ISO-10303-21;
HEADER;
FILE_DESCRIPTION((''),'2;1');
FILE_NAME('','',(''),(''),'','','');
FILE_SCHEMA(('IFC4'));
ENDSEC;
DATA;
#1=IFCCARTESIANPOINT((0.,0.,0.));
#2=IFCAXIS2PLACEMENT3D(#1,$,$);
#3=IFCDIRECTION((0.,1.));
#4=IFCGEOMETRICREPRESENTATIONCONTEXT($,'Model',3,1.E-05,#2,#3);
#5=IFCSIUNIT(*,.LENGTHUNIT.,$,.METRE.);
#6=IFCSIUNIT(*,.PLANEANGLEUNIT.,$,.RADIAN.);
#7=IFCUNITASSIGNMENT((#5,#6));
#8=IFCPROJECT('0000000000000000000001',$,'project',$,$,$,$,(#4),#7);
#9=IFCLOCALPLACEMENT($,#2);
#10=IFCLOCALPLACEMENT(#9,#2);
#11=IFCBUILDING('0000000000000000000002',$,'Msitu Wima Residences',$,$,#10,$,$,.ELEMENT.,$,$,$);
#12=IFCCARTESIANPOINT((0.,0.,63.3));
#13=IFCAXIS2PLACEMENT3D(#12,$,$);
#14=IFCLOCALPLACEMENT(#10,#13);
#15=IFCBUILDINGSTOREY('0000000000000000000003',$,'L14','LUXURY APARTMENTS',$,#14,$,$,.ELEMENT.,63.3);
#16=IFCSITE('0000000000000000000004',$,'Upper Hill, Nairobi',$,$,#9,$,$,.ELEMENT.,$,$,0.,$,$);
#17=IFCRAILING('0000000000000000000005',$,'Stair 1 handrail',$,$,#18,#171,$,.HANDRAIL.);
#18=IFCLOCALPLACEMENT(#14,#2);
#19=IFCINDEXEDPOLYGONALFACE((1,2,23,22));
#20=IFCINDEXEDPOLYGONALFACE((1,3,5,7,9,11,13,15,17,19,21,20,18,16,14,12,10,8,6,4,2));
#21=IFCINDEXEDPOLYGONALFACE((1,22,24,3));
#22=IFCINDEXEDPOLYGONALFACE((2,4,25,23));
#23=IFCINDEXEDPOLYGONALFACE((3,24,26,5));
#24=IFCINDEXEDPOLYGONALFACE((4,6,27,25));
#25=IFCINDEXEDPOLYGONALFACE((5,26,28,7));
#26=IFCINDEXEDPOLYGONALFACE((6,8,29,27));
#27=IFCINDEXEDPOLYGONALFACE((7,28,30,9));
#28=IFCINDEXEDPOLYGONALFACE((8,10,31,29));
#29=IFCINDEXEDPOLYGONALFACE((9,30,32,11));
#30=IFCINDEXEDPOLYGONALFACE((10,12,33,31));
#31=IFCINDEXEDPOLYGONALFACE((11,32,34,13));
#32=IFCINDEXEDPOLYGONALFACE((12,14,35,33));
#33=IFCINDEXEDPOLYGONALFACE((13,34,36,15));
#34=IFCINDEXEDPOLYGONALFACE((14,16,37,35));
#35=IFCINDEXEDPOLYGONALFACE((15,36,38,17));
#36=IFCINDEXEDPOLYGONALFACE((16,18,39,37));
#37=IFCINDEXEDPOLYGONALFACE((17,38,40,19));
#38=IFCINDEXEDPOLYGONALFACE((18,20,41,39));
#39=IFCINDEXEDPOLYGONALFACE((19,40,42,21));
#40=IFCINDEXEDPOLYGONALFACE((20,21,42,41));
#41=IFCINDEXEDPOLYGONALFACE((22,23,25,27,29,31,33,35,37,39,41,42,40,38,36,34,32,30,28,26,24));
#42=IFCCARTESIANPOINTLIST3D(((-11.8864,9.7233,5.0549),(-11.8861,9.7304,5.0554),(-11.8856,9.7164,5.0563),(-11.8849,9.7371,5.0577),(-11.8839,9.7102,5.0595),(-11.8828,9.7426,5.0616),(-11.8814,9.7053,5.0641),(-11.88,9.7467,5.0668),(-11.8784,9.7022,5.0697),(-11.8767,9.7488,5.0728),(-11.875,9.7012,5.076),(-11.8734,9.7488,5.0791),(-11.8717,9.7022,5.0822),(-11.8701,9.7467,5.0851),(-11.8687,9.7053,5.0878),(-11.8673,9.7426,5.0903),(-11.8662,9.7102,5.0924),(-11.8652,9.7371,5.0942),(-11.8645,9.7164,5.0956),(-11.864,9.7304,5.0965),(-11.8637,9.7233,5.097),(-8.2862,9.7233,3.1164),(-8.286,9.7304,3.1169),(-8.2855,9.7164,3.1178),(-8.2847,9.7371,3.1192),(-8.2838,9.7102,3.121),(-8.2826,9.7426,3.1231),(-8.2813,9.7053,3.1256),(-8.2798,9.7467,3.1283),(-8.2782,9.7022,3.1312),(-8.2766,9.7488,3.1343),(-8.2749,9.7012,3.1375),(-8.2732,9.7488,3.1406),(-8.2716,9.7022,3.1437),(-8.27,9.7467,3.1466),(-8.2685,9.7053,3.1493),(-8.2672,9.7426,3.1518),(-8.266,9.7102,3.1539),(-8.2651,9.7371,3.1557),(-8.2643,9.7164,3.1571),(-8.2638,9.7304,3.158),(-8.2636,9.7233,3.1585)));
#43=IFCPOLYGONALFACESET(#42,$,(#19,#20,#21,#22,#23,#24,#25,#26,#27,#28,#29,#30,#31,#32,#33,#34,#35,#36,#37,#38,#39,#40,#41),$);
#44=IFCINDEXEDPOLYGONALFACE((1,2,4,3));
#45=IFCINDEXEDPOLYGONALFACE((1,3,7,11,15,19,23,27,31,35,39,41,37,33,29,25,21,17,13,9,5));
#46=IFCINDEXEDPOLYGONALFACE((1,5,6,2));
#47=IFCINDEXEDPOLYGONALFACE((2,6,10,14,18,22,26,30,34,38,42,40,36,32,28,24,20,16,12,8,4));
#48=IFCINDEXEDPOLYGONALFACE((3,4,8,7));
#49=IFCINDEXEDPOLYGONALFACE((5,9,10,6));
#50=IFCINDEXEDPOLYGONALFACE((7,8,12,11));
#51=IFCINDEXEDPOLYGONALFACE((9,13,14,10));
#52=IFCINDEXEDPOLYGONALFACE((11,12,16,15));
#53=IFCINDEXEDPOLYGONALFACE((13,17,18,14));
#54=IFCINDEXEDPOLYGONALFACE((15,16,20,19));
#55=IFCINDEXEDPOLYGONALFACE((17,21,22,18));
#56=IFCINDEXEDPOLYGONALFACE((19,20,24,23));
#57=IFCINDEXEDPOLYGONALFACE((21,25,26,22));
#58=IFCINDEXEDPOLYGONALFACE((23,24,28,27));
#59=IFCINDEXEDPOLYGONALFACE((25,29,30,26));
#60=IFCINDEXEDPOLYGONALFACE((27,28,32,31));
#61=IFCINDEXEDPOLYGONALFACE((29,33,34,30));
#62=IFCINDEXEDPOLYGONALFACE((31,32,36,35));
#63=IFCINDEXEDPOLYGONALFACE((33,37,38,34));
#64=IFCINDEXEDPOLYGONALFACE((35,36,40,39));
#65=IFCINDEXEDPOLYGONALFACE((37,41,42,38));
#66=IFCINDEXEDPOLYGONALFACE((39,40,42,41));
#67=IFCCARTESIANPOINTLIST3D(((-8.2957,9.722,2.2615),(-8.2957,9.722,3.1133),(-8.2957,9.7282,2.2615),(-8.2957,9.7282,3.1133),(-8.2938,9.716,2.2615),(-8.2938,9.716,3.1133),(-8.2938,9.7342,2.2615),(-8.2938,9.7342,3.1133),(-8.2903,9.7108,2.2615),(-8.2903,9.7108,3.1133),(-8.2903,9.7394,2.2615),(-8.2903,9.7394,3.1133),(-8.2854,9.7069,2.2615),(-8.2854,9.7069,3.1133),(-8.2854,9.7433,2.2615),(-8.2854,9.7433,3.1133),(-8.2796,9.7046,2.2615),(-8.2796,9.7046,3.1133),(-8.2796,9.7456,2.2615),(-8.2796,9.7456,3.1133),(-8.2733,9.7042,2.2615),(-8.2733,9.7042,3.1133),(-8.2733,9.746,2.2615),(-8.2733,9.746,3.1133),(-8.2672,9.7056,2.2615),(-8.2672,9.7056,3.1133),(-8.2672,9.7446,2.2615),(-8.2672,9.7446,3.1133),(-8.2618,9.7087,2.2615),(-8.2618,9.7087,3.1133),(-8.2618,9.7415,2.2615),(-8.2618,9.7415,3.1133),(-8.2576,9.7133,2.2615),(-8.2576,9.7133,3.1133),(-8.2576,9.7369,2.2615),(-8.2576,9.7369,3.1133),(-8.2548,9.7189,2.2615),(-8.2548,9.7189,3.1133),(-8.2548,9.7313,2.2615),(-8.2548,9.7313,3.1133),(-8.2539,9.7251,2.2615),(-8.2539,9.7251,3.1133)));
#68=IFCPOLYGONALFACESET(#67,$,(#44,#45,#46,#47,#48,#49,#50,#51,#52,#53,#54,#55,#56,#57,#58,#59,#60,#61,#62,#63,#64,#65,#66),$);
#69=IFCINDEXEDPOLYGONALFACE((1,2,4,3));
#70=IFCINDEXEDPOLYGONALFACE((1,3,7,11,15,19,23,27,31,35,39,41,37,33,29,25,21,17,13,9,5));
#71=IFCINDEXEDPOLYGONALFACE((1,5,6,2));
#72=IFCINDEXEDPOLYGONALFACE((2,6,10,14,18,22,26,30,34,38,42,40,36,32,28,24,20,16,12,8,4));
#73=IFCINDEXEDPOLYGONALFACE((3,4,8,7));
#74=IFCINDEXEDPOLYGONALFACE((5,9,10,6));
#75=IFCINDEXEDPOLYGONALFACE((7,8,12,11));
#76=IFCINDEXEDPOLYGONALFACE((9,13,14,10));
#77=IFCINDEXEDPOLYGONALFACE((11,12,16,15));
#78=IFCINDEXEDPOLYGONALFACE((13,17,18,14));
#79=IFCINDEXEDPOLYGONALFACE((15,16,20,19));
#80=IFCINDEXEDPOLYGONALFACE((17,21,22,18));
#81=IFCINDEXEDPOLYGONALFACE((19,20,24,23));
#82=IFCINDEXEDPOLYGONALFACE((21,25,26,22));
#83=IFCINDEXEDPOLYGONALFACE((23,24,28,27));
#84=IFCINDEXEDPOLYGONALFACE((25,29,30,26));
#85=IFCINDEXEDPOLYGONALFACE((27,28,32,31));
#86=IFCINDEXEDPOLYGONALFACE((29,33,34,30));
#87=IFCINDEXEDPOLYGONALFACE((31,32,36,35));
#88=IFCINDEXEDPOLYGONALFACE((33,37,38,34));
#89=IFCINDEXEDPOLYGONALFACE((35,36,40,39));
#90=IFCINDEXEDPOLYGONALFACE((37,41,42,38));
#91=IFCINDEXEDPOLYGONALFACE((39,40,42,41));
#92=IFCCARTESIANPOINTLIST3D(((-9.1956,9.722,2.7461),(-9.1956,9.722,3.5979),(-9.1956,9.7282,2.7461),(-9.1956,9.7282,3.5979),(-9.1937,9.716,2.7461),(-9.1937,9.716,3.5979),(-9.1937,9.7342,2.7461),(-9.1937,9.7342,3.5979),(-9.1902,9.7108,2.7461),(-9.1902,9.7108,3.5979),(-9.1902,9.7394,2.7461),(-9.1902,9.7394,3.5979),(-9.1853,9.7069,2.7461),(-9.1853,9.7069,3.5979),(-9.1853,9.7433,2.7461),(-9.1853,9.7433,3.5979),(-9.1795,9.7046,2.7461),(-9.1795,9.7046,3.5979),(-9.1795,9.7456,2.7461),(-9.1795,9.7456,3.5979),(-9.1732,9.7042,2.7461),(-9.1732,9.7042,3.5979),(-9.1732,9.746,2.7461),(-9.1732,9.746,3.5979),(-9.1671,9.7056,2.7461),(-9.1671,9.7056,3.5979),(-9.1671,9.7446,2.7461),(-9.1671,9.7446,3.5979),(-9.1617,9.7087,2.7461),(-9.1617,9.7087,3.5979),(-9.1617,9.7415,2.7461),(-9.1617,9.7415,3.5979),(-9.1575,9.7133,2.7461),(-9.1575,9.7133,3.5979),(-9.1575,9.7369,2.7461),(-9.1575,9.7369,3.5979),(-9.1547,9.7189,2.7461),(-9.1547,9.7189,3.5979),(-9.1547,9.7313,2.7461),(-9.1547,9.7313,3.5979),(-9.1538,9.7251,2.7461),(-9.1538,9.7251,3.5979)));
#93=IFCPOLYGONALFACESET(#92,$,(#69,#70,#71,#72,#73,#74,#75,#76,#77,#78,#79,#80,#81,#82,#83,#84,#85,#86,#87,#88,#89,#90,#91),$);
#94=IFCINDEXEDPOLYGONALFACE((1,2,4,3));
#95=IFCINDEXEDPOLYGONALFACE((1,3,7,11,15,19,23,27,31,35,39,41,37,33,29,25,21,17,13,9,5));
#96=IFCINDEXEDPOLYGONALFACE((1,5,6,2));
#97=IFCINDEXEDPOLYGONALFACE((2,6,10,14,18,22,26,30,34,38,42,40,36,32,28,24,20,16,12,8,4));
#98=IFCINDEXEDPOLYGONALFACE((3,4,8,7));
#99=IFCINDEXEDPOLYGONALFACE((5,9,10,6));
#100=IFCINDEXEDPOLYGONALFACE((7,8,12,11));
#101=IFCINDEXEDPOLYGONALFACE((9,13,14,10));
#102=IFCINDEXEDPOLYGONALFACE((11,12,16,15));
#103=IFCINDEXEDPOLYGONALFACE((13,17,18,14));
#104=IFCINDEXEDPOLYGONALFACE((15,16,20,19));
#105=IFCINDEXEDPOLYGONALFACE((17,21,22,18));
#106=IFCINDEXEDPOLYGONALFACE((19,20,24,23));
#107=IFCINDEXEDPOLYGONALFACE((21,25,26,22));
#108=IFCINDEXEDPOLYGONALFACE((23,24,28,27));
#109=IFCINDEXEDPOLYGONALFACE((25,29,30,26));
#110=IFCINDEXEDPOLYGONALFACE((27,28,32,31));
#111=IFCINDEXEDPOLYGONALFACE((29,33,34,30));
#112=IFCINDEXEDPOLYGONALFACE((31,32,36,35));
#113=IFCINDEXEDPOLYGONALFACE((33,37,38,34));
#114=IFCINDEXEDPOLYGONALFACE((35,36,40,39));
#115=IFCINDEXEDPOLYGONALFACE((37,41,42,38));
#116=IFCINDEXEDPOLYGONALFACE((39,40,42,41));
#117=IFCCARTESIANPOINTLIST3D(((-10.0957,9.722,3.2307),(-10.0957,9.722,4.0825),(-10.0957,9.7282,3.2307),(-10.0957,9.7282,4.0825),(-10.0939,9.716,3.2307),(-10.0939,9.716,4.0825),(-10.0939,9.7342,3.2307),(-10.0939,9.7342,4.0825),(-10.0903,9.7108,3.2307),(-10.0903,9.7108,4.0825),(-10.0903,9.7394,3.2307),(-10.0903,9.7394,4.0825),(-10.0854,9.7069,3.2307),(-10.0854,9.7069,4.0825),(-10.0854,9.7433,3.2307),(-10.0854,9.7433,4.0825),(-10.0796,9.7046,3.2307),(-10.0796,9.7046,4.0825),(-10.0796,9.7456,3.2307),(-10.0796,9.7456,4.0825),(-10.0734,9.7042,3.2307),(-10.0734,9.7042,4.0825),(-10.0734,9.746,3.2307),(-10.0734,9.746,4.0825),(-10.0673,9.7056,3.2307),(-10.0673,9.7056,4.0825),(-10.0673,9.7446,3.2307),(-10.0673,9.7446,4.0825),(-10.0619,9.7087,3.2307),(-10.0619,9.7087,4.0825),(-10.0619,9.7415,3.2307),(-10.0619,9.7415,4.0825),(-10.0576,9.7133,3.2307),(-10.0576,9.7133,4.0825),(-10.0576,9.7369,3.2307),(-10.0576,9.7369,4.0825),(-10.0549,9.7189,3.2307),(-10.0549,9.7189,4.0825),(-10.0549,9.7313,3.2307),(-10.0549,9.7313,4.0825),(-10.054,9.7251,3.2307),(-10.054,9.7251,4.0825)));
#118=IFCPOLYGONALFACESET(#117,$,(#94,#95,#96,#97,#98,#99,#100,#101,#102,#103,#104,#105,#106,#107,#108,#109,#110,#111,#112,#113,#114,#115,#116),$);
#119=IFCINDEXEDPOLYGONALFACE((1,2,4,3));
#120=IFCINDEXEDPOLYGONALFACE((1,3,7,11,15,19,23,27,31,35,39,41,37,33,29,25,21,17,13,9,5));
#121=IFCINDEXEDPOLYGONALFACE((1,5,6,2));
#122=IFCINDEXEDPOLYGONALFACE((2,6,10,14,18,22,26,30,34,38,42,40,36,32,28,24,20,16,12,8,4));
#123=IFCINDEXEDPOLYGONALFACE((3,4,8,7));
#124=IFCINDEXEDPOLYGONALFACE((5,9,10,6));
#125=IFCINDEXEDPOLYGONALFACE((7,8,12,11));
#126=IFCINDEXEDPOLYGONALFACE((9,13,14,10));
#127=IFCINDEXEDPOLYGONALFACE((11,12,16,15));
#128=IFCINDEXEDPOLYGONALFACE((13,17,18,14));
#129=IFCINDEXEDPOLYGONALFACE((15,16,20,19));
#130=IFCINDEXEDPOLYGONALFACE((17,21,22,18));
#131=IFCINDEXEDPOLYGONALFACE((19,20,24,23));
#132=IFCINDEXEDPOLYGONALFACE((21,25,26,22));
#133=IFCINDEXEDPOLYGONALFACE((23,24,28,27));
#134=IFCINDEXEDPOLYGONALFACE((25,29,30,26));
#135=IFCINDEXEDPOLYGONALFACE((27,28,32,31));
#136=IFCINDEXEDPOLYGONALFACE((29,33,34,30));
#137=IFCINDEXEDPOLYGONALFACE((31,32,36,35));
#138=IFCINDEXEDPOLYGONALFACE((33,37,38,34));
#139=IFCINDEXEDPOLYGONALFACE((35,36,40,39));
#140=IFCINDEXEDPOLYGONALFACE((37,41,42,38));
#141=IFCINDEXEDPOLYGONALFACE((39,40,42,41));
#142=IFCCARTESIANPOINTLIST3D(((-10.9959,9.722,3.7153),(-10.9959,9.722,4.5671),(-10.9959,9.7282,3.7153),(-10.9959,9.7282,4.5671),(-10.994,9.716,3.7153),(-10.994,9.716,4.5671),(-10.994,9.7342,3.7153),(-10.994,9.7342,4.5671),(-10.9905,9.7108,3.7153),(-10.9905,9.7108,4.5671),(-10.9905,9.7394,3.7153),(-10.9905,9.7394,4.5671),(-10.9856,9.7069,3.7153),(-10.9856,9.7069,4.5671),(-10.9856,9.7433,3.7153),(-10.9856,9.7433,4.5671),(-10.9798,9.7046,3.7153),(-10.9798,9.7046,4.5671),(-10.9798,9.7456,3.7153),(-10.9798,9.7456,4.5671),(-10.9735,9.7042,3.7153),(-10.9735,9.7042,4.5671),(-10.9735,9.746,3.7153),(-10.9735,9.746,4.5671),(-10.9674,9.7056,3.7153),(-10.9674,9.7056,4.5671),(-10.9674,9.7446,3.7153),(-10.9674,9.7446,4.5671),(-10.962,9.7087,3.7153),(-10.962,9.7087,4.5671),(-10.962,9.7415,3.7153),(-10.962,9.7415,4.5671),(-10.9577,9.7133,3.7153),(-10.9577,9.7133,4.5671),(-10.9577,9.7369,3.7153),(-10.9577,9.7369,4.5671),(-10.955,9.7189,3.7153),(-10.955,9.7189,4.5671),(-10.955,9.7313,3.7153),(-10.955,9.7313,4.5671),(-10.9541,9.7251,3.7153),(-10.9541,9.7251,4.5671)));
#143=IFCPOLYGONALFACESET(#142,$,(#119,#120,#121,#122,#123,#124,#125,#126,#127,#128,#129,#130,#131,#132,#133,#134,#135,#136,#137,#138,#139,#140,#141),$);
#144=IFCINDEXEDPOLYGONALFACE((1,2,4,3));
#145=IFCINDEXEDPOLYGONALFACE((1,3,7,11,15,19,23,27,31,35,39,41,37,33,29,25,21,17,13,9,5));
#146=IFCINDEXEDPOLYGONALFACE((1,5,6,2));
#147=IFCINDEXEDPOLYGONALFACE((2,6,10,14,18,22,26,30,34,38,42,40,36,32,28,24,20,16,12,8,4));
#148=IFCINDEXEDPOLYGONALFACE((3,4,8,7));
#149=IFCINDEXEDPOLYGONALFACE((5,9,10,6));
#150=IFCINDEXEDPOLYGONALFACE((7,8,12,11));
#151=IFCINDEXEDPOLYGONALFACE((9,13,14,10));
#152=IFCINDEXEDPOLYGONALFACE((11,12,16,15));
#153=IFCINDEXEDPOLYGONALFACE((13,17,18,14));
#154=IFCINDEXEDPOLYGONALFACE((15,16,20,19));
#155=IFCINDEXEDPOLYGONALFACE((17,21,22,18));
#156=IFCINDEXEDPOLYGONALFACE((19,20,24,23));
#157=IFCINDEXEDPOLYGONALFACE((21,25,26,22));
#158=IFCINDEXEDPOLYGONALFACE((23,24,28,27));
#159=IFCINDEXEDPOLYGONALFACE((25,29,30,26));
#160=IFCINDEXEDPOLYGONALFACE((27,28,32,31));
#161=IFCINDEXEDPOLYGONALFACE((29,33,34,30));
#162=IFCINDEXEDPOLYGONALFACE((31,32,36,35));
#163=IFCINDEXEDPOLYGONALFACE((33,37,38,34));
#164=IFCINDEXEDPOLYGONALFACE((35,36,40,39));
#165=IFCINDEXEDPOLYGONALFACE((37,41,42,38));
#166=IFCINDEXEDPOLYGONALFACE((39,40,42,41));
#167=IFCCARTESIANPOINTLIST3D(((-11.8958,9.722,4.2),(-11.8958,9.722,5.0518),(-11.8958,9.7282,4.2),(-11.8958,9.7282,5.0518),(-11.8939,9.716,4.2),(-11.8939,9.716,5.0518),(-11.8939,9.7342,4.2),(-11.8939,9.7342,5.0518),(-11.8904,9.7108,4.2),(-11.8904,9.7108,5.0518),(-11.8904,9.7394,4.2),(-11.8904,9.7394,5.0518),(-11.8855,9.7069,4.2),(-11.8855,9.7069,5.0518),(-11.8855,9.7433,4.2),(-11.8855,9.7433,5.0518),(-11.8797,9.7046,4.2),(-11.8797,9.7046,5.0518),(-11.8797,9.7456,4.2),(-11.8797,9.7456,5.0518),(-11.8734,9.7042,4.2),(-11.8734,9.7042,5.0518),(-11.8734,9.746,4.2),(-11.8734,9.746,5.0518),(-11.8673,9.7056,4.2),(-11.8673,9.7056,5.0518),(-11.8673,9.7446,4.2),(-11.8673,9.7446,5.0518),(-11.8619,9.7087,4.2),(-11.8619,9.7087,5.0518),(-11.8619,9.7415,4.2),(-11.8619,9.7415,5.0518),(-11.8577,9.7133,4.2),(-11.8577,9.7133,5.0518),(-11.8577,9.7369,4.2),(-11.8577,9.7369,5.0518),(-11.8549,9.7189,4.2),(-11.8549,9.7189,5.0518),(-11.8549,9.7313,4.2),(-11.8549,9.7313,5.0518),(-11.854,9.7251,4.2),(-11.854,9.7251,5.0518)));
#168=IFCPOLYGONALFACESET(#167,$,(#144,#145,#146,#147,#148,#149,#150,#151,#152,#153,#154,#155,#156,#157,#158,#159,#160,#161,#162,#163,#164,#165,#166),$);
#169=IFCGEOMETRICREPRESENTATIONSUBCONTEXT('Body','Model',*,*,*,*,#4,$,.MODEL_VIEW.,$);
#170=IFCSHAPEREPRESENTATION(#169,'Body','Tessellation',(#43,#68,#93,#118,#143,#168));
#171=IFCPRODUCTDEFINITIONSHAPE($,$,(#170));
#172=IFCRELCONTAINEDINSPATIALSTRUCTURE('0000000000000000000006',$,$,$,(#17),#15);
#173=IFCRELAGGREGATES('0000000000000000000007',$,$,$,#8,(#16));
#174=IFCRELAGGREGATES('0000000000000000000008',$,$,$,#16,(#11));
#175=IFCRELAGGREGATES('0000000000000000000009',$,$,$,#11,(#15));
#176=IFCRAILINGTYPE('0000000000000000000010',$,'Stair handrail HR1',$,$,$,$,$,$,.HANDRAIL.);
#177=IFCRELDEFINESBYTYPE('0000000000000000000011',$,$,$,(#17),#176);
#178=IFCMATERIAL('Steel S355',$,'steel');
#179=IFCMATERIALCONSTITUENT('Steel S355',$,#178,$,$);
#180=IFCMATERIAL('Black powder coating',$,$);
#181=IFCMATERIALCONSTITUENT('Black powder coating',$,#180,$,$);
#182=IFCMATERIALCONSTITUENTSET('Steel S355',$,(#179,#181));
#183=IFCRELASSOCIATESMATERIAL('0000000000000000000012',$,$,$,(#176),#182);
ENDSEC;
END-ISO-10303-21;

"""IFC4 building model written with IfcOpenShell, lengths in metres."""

from ifc_helpers import new_model, si_unit, direction, frame, origin, origin_2d, place, context, subcontext, project, spatial, circle, extrude, material, constituent, constituent_set, type_object, element, save


model = new_model("IFC4")

# Units and contexts
model_context = context("Model", 3, precision=1e-05, world=origin(), true_north=direction((0.0, 1.0)))
body_context = subcontext(model_context, "Body", "Model", "MODEL_VIEW")
ifc_project = project(units=[si_unit("LENGTHUNIT", "METRE"), si_unit("PLANEANGLEUNIT", "RADIAN")], contexts=[model_context])

# Site, building, storey
site_placement = place(None, origin())
site = spatial("IfcSite", under=ifc_project, at=site_placement, Name="Upper Hill, Nairobi", CompositionType="ELEMENT", RefElevation=0.0)
building_placement = place(site_placement, origin())
building = spatial("IfcBuilding", under=site, at=building_placement, Name="Msitu Wima Residences", CompositionType="ELEMENT")
storey_placement = place(building_placement, frame((0.0, 0.0, 63.3)))
storey = spatial("IfcBuildingStorey", under=building, at=storey_placement, Name="L14", Description="LUXURY APARTMENTS", CompositionType="ELEMENT", Elevation=63.3)

# Railing
ifc_material_1 = material(Name="Steel S355", Category="steel")
ifc_constituent_1 = constituent(ifc_material_1, Name="Steel S355")
ifc_material_2 = material(Name="Black powder coating")
ifc_constituent_2 = constituent(ifc_material_2, Name="Black powder coating")
ifc_constituent_set = constituent_set(constituents=[ifc_constituent_1, ifc_constituent_2], Name="Steel S355")
railing_type = type_object("IfcRailingType", Name="Stair handrail HR1", PredefinedType="HANDRAIL", material=ifc_constituent_set)
for number, where, name in (
    (1, (-8.2749, 9.7251, 2.2615), "Stair 1 handrail"),
):
    element("IfcRailing", number, at=place(storey_placement, frame(where)), inside=storey, type_object=railing_type, Name=name, PredefinedType="HANDRAIL", context=body_context, shape_type="SweptSolid", body=[
        extrude(circle(Radius=0.0239, at=origin_2d()), frame((0.0, 0.0, 0.876), z_axis=(-0.880475, 0.0, 0.474093), x_axis=(0.0, -1.0, 0.0)), (0.0, 0.0, 1.0), 4.0889),
        extrude(circle(Radius=0.021, at=origin_2d()), origin(), (0.0, 0.0, 1.0), 0.8518),
        extrude(circle(Radius=0.021, at=origin_2d()), frame((-0.8999, 0.0, 0.4846)), (0.0, 0.0, 1.0), 0.8518),
        extrude(circle(Radius=0.021, at=origin_2d()), frame((-1.8, 0.0, 0.9692)), (0.0, 0.0, 1.0), 0.8518),
        extrude(circle(Radius=0.021, at=origin_2d()), frame((-2.7002, 0.0, 1.4539)), (0.0, 0.0, 1.0), 0.8518),
        extrude(circle(Radius=0.021, at=origin_2d()), frame((-3.6001, 0.0, 1.9385)), (0.0, 0.0, 1.0), 0.8518),
    ])

save(model, "model.ifc")
